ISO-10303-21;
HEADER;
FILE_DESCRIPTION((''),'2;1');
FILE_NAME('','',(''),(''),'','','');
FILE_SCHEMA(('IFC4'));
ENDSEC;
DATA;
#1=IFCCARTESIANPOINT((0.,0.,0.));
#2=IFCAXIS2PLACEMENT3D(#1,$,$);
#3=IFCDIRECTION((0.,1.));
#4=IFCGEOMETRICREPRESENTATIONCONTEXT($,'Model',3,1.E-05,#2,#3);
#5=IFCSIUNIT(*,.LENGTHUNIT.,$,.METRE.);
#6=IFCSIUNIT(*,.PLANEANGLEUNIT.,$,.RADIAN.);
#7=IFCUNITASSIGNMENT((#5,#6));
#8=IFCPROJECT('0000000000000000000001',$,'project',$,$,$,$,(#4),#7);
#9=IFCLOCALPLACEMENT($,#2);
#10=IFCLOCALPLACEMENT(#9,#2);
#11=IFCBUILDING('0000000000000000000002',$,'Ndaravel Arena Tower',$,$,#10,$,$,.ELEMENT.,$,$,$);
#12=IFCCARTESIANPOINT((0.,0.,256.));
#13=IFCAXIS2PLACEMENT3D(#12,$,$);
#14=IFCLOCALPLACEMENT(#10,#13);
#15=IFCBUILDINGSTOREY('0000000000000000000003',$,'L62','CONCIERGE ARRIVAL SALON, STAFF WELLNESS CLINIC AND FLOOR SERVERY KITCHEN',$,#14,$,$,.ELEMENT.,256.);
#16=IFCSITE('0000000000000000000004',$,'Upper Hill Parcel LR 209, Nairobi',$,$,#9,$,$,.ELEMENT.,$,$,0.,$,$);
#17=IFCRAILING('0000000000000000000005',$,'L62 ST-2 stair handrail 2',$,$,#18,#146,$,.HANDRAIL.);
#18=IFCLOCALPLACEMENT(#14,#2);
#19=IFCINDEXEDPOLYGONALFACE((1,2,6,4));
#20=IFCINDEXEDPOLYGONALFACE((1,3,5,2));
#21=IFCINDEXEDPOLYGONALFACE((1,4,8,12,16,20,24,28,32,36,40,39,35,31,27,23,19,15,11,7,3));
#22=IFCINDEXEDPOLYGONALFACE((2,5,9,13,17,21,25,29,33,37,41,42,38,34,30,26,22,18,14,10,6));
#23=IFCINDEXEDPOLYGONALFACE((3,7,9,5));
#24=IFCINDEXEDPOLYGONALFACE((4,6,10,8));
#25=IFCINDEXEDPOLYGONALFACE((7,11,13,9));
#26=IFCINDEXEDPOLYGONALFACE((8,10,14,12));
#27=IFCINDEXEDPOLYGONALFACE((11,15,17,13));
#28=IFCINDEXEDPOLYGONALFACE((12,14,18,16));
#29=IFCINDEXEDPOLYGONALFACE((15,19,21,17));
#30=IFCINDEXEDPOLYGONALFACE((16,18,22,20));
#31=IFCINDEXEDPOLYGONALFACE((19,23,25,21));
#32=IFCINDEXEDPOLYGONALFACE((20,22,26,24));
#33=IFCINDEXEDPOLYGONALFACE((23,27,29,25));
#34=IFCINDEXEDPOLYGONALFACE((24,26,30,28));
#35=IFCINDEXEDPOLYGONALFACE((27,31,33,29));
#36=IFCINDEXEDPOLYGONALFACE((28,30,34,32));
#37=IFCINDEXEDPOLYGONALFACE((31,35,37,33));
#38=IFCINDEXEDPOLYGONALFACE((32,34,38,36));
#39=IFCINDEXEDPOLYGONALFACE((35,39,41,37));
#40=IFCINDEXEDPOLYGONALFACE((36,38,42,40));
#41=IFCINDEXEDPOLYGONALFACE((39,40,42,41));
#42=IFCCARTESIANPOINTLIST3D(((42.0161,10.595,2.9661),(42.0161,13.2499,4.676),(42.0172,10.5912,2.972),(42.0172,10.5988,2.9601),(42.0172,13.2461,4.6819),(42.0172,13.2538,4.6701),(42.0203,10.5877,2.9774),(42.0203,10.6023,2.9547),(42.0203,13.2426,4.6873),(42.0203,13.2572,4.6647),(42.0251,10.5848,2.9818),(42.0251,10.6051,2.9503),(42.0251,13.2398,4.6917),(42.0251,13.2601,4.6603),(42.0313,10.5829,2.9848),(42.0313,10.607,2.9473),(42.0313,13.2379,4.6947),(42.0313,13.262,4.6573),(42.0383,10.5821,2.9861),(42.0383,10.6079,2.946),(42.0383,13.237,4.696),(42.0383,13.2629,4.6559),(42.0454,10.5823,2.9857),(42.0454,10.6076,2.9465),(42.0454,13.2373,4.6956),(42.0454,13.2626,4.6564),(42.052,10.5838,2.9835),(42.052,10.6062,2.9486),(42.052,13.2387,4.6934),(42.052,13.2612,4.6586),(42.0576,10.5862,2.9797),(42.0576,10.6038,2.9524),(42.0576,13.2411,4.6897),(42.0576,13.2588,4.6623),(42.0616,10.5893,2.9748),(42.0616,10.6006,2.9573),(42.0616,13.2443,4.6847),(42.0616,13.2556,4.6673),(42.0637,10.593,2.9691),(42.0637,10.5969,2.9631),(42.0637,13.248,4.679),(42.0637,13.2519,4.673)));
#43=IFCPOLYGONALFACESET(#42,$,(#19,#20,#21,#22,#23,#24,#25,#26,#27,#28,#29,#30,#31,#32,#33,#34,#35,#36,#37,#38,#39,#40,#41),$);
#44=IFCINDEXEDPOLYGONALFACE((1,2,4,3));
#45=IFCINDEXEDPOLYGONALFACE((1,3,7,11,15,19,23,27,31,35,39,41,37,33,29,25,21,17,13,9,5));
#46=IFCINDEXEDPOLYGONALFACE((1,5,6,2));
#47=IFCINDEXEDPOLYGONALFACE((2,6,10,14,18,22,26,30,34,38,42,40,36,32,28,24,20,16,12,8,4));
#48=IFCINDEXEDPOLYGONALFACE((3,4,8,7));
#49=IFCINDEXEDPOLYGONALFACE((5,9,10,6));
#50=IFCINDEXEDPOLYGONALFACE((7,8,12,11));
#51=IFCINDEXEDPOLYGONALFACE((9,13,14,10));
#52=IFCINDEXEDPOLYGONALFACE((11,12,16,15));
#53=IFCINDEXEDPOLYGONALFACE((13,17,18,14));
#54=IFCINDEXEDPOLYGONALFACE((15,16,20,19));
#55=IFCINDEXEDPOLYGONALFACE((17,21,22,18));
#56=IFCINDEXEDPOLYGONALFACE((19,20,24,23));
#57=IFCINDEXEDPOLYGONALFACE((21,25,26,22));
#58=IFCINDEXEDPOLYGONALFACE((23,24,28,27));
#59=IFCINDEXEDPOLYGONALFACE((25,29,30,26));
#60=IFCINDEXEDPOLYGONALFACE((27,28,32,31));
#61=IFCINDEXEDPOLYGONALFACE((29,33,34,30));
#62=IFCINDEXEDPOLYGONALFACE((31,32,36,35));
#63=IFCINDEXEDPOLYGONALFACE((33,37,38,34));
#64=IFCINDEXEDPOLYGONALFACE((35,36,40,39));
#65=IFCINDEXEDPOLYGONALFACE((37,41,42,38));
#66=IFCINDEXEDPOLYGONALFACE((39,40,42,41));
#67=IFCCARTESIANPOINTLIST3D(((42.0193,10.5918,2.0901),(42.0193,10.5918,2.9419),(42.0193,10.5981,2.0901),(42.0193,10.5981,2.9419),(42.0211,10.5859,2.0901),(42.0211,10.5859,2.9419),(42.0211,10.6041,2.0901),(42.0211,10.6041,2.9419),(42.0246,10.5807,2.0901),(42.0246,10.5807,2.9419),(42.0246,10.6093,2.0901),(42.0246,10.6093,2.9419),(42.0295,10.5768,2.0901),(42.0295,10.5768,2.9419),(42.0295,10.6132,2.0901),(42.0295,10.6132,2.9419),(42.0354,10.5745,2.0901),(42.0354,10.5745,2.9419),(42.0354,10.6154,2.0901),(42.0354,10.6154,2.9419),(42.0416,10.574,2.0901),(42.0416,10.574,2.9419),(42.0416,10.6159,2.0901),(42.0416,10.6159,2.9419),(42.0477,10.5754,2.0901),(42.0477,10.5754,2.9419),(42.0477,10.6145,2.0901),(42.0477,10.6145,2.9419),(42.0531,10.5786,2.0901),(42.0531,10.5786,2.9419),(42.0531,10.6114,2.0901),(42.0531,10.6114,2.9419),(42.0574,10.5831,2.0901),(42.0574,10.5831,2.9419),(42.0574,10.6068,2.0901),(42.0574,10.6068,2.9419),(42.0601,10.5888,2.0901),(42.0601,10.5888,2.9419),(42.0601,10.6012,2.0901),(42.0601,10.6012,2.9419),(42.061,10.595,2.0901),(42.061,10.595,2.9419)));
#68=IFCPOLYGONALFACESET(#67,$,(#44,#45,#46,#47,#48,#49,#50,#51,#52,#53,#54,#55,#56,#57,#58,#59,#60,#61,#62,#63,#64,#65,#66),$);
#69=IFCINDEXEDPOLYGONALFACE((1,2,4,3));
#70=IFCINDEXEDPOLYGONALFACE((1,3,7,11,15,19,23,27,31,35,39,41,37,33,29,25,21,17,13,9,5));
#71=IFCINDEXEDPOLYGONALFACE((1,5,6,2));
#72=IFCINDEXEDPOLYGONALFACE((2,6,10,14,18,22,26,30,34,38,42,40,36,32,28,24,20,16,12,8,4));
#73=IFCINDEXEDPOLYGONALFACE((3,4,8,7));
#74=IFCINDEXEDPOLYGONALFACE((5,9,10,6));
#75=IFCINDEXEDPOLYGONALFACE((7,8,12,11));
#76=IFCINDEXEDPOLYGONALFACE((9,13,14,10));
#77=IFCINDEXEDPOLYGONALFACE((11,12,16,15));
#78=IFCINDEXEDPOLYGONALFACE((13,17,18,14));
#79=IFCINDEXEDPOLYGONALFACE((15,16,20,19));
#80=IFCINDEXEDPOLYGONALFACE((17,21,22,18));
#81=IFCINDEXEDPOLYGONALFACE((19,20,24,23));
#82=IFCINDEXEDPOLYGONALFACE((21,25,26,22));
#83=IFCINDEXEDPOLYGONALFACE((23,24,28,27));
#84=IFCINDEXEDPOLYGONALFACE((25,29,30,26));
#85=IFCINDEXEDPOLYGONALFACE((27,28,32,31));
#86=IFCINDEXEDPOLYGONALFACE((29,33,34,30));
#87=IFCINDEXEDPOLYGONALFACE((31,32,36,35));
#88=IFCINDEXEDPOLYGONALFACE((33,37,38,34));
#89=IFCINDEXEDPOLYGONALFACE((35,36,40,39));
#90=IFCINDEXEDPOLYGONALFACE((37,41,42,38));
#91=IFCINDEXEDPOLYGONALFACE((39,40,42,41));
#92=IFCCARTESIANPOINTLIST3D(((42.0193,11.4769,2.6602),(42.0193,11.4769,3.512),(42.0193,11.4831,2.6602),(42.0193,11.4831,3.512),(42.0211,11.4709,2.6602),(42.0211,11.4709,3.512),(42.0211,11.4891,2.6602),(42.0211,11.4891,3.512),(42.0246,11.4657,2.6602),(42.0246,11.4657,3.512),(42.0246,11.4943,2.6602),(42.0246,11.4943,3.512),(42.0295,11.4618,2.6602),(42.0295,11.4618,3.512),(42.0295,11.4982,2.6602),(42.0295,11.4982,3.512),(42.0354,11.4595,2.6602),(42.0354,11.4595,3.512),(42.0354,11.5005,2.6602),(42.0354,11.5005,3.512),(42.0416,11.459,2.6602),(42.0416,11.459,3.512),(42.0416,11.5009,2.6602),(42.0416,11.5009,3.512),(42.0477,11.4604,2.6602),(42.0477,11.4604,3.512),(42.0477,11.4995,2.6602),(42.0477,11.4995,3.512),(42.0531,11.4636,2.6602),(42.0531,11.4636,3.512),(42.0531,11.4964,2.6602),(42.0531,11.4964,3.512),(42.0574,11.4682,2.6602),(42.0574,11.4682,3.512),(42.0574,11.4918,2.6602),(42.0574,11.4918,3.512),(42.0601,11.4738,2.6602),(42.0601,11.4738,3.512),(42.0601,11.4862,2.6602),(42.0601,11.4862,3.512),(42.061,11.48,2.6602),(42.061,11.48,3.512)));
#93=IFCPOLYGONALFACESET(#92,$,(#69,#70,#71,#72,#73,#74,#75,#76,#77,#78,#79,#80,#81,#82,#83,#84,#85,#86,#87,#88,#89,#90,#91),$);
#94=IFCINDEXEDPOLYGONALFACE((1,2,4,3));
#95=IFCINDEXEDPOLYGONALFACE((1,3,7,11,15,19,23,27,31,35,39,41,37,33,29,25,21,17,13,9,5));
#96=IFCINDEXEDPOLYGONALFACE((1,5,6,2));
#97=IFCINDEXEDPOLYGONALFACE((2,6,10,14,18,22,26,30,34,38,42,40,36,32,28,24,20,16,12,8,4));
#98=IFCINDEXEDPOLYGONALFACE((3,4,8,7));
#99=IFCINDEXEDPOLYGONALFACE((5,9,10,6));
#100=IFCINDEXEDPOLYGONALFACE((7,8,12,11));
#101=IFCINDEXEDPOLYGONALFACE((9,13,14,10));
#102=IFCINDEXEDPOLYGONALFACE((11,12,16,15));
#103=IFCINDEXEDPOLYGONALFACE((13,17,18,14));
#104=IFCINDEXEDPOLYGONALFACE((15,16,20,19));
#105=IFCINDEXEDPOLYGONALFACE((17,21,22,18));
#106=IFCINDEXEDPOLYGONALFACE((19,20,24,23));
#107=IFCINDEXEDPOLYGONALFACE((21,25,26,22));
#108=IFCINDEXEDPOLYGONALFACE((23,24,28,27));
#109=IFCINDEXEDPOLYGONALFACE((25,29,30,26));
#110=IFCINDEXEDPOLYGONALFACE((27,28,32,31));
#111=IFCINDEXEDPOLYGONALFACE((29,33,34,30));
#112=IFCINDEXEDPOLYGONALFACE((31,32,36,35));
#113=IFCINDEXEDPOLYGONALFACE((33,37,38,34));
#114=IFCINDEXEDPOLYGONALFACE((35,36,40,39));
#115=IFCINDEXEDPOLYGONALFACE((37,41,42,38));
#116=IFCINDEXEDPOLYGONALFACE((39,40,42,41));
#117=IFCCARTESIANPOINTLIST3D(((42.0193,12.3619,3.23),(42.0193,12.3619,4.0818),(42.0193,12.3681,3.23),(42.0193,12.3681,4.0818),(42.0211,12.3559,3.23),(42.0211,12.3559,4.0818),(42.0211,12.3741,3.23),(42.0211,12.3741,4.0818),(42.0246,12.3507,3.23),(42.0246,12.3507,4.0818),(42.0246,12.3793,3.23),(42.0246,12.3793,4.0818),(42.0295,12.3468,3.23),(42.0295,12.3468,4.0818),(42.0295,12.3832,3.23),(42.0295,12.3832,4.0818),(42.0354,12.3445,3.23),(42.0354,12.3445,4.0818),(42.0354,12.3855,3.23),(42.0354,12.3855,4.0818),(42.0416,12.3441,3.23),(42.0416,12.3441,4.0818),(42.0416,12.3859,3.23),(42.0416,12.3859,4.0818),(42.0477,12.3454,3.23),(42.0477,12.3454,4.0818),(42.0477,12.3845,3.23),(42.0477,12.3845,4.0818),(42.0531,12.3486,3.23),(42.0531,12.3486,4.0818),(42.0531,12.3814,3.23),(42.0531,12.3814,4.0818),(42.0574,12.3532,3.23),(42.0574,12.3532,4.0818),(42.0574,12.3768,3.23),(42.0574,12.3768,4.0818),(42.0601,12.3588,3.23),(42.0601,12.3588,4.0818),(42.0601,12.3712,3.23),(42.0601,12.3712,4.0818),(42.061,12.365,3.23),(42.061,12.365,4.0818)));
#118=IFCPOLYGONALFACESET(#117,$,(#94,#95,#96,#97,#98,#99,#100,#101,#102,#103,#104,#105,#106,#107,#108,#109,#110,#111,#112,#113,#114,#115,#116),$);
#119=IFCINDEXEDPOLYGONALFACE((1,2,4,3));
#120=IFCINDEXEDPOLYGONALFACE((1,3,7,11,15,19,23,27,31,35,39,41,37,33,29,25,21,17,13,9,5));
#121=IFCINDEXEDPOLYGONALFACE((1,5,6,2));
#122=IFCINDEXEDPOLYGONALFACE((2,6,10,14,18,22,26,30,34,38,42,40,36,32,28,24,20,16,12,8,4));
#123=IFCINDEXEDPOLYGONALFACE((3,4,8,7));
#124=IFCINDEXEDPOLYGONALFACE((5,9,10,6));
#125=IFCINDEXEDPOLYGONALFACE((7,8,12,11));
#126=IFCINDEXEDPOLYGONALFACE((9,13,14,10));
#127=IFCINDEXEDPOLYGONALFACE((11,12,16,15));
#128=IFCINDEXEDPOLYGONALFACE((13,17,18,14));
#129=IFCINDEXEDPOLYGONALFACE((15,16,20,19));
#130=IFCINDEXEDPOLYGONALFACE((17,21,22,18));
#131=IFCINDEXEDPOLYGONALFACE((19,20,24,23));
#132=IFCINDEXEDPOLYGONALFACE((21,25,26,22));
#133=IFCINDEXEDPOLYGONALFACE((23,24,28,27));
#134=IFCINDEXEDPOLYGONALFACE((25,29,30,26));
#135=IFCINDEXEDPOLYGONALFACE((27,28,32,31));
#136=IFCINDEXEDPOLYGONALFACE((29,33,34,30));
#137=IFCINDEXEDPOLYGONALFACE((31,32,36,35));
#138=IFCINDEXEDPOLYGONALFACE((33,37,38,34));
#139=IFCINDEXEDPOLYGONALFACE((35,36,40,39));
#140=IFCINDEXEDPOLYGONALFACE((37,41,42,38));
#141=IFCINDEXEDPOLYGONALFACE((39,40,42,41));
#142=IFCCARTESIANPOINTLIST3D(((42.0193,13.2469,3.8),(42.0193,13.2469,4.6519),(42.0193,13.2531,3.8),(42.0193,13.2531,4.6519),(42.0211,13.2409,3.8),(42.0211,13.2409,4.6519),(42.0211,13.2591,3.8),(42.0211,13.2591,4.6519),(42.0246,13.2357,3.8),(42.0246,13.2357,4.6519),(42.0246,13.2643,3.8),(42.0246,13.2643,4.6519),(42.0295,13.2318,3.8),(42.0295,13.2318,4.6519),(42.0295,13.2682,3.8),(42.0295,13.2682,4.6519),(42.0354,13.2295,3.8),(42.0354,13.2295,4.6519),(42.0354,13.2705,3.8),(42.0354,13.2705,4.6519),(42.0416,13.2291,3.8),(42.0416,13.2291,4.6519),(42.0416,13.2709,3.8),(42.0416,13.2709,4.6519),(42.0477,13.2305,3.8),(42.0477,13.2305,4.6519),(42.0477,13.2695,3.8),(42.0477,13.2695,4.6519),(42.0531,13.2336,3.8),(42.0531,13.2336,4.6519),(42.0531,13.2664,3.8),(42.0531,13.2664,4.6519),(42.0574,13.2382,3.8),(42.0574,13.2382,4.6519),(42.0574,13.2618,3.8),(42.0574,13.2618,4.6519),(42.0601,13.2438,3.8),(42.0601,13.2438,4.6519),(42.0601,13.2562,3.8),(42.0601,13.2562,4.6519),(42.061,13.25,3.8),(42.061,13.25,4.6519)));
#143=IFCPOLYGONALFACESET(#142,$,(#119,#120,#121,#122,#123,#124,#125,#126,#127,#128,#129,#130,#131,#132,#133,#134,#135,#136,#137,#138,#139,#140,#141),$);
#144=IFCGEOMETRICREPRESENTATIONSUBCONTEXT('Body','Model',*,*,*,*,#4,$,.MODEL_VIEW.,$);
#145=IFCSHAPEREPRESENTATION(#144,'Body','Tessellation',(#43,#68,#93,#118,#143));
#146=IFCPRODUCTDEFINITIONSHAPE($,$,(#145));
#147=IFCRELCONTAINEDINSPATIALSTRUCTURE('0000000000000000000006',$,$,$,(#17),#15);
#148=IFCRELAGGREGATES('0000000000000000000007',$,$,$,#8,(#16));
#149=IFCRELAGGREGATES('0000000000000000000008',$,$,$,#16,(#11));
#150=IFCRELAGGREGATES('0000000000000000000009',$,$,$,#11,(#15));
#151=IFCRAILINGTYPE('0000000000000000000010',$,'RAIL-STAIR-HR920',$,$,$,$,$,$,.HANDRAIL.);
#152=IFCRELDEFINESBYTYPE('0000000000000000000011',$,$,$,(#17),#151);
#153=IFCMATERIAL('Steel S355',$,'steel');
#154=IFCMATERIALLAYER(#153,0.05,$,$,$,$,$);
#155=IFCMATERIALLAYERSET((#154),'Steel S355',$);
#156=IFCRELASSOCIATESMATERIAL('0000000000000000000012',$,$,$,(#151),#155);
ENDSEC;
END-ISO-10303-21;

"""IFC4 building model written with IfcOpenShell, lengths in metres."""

from ifc_helpers import new_model, si_unit, direction, frame, origin, origin_2d, place, context, subcontext, project, spatial, circle, extrude, material, layer, layer_set, type_object, element, save


model = new_model("IFC4")

# Units and contexts
model_context = context("Model", 3, precision=1e-05, world=origin(), true_north=direction((0.0, 1.0)))
body_context = subcontext(model_context, "Body", "Model", "MODEL_VIEW")
ifc_project = project(units=[si_unit("LENGTHUNIT", "METRE"), si_unit("PLANEANGLEUNIT", "RADIAN")], contexts=[model_context])

# Site, building, storey
site_placement = place(None, origin())
site = spatial("IfcSite", under=ifc_project, at=site_placement, Name="Upper Hill Parcel LR 209, Nairobi", CompositionType="ELEMENT", RefElevation=0.0)
building_placement = place(site_placement, origin())
building = spatial("IfcBuilding", under=site, at=building_placement, Name="Ndaravel Arena Tower", CompositionType="ELEMENT")
storey_placement = place(building_placement, frame((0.0, 0.0, 256.0)))
storey = spatial("IfcBuildingStorey", under=building, at=storey_placement, Name="L62", Description="CONCIERGE ARRIVAL SALON, STAFF WELLNESS CLINIC AND FLOOR SERVERY KITCHEN", CompositionType="ELEMENT", Elevation=256.0)

# Railing
ifc_material_1 = material(Name="Steel S355", Category="steel")
ifc_layer_1 = layer(ifc_material_1, 0.05)
ifc_layer_set_1 = layer_set([ifc_layer_1], Name="Steel S355")
railing_type_1 = type_object("IfcRailingType", Name="RAIL-STAIR-HR920", PredefinedType="HANDRAIL", material=ifc_layer_set_1)
railing_1_placement = place(storey_placement, frame((42.04, 10.595, 2.0901)))
element("IfcRailing", 1, at=railing_1_placement, inside=storey, type_object=railing_type_1, Name="L62 ST-2 stair handrail 2", PredefinedType="HANDRAIL", context=body_context, shape_type="SweptSolid", body=[
    extrude(circle(Radius=0.0239, at=origin_2d()), frame((0.0, 0.0, 0.876), z_axis=(0.0, 0.840724, 0.541465), x_axis=(-1.0, 0.0, 0.0)), (0.0, 0.0, 1.0), 3.158),
    extrude(circle(Radius=0.021, at=origin_2d()), origin(), (0.0, 0.0, 1.0), 0.8518),
    extrude(circle(Radius=0.021, at=origin_2d()), frame((0.0, 0.885, 0.5701)), (0.0, 0.0, 1.0), 0.8518),
    extrude(circle(Radius=0.021, at=origin_2d()), frame((0.0, 1.77, 1.1399)), (0.0, 0.0, 1.0), 0.8518),
    extrude(circle(Radius=0.021, at=origin_2d()), frame((0.0, 2.655, 1.71)), (0.0, 0.0, 1.0), 0.8518),
])

save(model, "model.ifc")
